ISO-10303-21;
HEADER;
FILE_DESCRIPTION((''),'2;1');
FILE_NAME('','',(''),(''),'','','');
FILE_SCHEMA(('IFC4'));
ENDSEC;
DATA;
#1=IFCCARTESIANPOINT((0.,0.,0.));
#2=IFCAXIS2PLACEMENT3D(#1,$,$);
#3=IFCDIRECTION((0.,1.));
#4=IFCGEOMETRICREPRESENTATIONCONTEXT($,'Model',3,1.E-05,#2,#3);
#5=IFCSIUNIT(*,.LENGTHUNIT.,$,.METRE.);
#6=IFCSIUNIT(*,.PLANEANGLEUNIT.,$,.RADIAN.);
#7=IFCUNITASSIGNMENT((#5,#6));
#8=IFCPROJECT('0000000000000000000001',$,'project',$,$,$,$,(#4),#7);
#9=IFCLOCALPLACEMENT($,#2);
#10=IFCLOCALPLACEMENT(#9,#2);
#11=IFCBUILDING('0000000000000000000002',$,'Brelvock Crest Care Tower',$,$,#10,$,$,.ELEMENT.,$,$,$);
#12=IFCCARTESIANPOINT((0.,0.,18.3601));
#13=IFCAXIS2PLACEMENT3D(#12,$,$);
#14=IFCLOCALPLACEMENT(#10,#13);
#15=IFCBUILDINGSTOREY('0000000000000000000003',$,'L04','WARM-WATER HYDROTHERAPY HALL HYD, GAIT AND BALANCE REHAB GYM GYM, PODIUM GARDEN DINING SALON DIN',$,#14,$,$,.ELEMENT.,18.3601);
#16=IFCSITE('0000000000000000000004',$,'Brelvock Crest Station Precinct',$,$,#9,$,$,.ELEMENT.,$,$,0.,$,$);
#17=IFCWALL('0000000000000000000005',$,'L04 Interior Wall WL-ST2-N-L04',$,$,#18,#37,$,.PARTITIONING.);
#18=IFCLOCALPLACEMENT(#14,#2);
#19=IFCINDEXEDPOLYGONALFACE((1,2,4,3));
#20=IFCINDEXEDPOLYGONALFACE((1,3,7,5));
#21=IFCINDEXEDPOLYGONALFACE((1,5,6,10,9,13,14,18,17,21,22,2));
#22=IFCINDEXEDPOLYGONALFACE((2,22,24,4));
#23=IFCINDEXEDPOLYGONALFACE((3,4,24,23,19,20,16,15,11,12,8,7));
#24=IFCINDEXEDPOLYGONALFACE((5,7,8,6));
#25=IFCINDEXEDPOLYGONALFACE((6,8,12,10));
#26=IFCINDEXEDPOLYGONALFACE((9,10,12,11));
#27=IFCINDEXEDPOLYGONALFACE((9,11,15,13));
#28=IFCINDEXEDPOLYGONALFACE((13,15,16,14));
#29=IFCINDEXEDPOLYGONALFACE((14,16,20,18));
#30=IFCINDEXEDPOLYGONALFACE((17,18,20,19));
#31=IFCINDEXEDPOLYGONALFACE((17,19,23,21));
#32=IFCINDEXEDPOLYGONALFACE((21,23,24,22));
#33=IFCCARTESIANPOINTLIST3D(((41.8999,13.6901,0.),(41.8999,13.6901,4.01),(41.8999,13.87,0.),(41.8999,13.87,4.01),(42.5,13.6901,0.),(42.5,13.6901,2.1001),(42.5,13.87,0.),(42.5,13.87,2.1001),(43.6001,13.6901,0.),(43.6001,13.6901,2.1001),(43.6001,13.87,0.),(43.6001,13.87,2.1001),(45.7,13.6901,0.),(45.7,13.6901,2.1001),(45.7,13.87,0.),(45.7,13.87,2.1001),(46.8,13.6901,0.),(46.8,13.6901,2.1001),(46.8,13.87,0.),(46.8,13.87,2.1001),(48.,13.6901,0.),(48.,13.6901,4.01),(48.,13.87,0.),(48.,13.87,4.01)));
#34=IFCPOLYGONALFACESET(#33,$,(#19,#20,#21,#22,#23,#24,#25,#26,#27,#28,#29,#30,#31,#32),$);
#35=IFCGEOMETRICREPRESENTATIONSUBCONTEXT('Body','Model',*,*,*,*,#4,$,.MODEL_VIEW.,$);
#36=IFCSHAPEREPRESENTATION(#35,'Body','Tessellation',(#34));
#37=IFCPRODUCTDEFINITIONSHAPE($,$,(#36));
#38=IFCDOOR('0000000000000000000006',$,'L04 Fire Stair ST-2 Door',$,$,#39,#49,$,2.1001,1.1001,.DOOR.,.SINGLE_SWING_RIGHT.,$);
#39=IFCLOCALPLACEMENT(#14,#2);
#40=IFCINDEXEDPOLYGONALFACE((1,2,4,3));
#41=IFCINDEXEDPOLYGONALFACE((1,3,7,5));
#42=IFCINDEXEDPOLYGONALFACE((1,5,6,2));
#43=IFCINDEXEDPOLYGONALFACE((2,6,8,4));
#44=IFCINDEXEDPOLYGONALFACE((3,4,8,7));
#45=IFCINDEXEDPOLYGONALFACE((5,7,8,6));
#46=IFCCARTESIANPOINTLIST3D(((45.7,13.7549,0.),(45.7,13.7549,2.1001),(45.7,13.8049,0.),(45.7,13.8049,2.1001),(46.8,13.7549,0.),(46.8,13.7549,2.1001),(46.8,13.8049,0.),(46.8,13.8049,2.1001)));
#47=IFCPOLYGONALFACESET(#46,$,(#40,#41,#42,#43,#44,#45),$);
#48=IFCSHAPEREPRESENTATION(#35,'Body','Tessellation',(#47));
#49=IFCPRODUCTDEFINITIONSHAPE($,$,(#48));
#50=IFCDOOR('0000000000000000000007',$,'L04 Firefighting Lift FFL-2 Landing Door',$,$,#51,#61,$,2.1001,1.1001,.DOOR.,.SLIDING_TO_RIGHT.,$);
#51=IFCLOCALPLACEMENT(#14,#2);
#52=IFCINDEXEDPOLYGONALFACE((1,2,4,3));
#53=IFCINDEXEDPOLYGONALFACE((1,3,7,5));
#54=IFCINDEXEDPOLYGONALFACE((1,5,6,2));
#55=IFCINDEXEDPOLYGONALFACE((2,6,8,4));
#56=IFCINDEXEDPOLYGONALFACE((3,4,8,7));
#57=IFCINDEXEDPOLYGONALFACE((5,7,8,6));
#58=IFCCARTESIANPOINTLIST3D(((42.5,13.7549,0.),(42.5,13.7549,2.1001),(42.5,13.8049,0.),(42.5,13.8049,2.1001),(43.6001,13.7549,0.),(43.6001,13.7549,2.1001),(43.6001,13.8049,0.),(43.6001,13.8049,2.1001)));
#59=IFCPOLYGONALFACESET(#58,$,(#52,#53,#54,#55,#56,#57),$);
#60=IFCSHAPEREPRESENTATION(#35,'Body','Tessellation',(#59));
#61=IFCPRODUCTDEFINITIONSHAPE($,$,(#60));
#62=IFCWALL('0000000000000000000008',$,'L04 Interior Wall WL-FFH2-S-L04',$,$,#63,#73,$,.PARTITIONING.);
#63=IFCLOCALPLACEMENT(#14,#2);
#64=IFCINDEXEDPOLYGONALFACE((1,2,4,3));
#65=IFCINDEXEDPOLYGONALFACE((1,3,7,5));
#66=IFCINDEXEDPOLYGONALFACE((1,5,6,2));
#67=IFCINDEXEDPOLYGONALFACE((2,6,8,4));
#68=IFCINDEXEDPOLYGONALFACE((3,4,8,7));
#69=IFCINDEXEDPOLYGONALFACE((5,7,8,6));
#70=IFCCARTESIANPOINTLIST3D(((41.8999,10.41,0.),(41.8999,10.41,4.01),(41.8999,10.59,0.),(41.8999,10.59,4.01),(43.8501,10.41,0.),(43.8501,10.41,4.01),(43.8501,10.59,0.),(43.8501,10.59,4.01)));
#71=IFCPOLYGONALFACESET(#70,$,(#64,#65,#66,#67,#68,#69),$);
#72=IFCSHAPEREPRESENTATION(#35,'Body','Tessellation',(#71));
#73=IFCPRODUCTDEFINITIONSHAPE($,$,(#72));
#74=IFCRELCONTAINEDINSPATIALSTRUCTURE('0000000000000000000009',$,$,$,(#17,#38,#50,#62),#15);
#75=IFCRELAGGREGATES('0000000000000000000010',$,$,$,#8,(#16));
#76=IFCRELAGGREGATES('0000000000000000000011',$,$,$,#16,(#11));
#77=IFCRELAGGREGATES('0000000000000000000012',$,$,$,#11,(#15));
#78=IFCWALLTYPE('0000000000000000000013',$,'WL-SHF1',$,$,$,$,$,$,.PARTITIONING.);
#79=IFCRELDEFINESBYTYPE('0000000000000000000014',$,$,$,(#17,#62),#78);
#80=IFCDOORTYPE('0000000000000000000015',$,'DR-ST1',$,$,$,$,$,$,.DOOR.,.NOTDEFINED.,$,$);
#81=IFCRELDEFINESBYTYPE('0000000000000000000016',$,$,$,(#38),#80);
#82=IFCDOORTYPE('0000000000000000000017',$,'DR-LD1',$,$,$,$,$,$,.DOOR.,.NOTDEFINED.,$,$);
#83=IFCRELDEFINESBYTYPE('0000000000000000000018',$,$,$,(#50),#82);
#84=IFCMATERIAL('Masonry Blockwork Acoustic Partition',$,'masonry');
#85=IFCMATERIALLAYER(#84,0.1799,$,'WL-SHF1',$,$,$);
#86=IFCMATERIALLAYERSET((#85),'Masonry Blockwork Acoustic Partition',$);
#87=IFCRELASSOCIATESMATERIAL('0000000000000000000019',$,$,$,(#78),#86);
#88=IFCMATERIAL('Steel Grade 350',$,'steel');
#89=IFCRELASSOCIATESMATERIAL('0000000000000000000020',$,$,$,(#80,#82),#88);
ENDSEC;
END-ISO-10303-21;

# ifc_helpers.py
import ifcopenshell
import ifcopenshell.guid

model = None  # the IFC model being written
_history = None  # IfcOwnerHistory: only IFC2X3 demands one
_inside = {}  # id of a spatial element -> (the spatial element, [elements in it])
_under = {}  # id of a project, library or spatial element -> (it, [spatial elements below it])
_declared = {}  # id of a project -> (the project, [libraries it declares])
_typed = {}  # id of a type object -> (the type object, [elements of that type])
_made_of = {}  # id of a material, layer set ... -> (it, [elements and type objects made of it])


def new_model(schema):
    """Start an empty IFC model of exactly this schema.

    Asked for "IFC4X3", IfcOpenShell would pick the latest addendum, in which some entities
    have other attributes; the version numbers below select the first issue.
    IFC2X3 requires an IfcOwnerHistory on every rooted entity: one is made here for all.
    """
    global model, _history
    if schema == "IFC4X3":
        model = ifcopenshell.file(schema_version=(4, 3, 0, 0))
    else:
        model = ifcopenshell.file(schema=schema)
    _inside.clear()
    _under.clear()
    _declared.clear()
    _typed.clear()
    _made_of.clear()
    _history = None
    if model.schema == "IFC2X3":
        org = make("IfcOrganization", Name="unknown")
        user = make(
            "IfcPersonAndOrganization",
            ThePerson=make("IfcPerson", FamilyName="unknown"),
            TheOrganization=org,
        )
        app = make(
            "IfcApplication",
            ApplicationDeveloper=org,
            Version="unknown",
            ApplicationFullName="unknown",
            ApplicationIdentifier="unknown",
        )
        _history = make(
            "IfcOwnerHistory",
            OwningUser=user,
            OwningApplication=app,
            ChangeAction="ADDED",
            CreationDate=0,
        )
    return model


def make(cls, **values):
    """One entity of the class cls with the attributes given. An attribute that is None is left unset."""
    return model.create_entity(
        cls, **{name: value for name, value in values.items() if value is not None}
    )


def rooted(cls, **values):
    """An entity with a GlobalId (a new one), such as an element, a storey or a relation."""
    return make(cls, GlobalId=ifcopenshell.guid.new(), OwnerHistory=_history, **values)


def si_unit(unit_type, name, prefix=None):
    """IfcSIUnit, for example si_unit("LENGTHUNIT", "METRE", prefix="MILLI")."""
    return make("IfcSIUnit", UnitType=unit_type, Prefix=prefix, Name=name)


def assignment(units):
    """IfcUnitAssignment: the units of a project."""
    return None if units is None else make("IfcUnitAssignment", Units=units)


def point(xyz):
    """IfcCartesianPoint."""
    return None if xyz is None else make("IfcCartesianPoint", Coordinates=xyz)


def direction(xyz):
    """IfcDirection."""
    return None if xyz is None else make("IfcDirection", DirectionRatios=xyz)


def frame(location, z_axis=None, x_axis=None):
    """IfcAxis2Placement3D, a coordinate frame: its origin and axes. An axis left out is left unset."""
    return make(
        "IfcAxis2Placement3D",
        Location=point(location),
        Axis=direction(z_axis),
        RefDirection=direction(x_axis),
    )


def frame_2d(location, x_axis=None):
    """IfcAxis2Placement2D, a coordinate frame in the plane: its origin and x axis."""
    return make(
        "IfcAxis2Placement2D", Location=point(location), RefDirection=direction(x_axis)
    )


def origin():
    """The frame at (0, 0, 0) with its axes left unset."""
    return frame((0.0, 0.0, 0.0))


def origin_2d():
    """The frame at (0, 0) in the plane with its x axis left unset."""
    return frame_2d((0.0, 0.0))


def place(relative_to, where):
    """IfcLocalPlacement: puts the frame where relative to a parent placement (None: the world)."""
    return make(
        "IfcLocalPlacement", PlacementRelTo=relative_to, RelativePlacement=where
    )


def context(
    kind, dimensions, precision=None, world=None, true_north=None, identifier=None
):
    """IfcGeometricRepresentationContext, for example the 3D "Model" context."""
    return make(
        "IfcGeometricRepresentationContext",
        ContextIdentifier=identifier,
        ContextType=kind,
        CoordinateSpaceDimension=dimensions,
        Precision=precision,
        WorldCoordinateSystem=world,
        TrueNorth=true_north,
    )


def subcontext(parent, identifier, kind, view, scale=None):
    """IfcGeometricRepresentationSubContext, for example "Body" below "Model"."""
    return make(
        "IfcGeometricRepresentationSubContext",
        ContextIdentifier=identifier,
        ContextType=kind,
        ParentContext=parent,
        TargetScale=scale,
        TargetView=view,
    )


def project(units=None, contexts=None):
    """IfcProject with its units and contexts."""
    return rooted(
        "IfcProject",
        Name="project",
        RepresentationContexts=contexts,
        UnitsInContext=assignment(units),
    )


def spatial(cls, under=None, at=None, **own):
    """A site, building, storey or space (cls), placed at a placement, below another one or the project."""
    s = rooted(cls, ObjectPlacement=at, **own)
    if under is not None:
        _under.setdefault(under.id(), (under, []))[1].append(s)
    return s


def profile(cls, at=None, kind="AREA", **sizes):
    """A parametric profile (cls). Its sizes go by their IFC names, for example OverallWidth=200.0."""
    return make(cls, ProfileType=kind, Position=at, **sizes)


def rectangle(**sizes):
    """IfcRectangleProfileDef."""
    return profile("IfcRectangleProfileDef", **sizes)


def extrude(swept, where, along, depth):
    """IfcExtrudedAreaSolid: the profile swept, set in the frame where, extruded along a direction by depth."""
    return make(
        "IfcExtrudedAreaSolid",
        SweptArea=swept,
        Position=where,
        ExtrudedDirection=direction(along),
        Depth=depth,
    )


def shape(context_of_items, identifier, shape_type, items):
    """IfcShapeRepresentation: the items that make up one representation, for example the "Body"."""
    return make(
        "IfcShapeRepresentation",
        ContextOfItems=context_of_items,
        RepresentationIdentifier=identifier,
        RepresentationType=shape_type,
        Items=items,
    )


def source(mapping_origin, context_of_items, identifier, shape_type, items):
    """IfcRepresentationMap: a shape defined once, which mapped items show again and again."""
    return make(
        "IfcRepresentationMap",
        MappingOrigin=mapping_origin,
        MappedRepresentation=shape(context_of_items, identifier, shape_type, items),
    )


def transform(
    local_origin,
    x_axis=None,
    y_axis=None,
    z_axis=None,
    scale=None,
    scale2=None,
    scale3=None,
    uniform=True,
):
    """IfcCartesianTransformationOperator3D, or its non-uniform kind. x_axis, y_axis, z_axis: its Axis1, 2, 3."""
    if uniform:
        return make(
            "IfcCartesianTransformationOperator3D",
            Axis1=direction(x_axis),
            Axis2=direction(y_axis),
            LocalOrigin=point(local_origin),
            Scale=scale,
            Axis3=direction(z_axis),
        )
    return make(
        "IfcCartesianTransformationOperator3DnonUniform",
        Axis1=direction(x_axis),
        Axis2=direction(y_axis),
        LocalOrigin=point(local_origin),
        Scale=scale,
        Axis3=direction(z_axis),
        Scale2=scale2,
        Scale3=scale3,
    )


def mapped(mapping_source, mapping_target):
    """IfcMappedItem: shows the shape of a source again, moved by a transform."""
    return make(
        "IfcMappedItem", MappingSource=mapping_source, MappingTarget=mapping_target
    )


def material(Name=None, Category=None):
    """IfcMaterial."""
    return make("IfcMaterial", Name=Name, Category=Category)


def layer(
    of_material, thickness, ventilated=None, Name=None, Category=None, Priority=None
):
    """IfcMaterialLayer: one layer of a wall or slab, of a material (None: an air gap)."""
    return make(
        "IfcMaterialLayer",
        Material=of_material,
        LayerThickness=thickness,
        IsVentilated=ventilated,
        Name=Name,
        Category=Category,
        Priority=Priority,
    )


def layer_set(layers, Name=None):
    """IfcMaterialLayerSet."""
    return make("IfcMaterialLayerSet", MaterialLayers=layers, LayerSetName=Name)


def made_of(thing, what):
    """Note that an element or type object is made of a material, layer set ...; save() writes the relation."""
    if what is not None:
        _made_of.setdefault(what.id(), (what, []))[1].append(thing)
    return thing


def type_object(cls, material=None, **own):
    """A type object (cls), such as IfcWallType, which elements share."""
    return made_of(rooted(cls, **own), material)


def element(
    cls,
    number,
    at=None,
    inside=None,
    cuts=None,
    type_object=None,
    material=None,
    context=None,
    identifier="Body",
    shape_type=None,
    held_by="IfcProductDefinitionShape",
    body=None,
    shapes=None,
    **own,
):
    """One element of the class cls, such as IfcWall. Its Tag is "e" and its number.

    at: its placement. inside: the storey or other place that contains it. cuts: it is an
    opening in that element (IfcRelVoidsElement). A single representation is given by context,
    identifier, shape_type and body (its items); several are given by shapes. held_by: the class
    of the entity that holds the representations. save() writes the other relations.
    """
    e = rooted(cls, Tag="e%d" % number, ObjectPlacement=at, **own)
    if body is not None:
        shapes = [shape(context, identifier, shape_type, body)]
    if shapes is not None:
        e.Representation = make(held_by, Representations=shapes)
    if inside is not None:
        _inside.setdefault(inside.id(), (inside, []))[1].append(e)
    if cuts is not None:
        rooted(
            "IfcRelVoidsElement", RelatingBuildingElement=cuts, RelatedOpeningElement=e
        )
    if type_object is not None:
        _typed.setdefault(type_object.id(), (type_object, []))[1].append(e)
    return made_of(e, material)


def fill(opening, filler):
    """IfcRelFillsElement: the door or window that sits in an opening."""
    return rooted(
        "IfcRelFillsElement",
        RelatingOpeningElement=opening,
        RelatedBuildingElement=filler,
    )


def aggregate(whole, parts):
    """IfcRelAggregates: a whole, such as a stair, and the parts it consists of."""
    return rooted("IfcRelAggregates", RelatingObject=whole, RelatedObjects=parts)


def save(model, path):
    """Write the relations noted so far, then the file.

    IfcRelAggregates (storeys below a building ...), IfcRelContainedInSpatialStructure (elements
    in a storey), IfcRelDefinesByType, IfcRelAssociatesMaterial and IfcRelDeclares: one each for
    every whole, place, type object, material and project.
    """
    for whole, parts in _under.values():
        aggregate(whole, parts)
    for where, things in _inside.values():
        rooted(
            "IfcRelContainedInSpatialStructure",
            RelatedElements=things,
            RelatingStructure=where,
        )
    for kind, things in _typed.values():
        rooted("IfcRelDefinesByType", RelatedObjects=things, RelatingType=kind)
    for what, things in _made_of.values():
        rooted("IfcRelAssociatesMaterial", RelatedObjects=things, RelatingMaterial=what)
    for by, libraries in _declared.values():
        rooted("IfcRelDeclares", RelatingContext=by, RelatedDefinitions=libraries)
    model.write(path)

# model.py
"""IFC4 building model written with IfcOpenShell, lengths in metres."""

from ifc_helpers import new_model, si_unit, direction, frame, frame_2d, origin, origin_2d, place, context, subcontext, project, spatial, rectangle, extrude, source, transform, mapped, material, layer, layer_set, type_object, element, fill, save


model = new_model("IFC4")

# Units and contexts
model_context = context("Model", 3, precision=1e-05, world=origin(), true_north=direction((0.0, 1.0)))
body_context = subcontext(model_context, "Body", "Model", "MODEL_VIEW")
ifc_project = project(units=[si_unit("LENGTHUNIT", "METRE"), si_unit("PLANEANGLEUNIT", "RADIAN")], contexts=[model_context])

# Site, building, storey
site_placement = place(None, origin())
site = spatial("IfcSite", under=ifc_project, at=site_placement, Name="Brelvock Crest Station Precinct", CompositionType="ELEMENT", RefElevation=0.0)
building_placement = place(site_placement, origin())
building = spatial("IfcBuilding", under=site, at=building_placement, Name="Brelvock Crest Care Tower", CompositionType="ELEMENT")
storey_placement = place(building_placement, frame((0.0, 0.0, 18.3601)))
storey = spatial("IfcBuildingStorey", under=building, at=storey_placement, Name="L04", Description="WARM-WATER HYDROTHERAPY HALL HYD, GAIT AND BALANCE REHAB GYM GYM, PODIUM GARDEN DINING SALON DIN", CompositionType="ELEMENT", Elevation=18.3601)

# Shared definitions
ifc_material_1 = material(Name="Steel Grade 350", Category="steel")

# Shared definitions
ifc_material_2 = material(Name="Masonry Blockwork Acoustic Partition", Category="masonry")

# Shared definitions
ifc_layer_1 = layer(ifc_material_2, 0.1799, Name="WL-SHF1")
ifc_layer_set_1 = layer_set([ifc_layer_1], Name="Masonry Blockwork Acoustic Partition")
wall_type_1 = type_object("IfcWallType", Name="WL-SHF1", PredefinedType="PARTITIONING", material=ifc_layer_set_1)

# Wall, openings, doors
wall_1_placement = place(storey_placement, frame((41.8999, 13.78, 0.0), z_axis=(0.0, 0.0, 1.0), x_axis=(1.0, 0.0, 0.0)))
wall_1 = element("IfcWall", 1, at=wall_1_placement, inside=storey, type_object=wall_type_1, Name="L04 Interior Wall WL-ST2-N-L04", PredefinedType="PARTITIONING", context=body_context, shape_type="SweptSolid", body=[
    extrude(rectangle(XDim=6.1001, YDim=0.1799, at=frame_2d((3.05, 0.0))), origin(), (0.0, 0.0, 1.0), 4.01),
])
opening_1_placement = place(wall_1_placement, frame((0.6001, 0.0, 0.0)))
opening_1 = element("IfcOpeningElement", 2, at=opening_1_placement, cuts=wall_1, PredefinedType="OPENING", context=body_context, shape_type="SweptSolid", body=[
    extrude(rectangle(XDim=1.1001, YDim=2.1001, at=origin_2d()), frame((0.55, 0.1001, 1.05), z_axis=(0.0, -1.0, 0.0), x_axis=(1.0, 0.0, 0.0)), (0.0, 0.0, 1.0), 0.2),
])
opening_2_placement = place(wall_1_placement, frame((3.8, 0.0, 0.0)))
opening_2 = element("IfcOpeningElement", 3, at=opening_2_placement, cuts=wall_1, PredefinedType="OPENING", context=body_context, shape_type="SweptSolid", body=[
    extrude(rectangle(XDim=1.1001, YDim=2.1001, at=origin_2d()), frame((0.55, 0.1001, 1.05), z_axis=(0.0, -1.0, 0.0), x_axis=(1.0, 0.0, 0.0)), (0.0, 0.0, 1.0), 0.2),
])
door_type_1 = type_object("IfcDoorType", Name="DR-ST1", OperationType="NOTDEFINED", PredefinedType="DOOR", material=ifc_material_1)
shared_shape_1 = source(origin(), body_context, "Body", "SweptSolid", [
    extrude(rectangle(XDim=1.1001, YDim=2.1001, at=origin_2d()), frame((0.55, 0.0249, 1.05), z_axis=(0.0, -1.0, 0.0), x_axis=(1.0, 0.0, 0.0)), (0.0, 0.0, 1.0), 0.05),
])
door_1_placement = place(opening_2_placement, origin())
door_1 = element("IfcDoor", 4, at=door_1_placement, inside=storey, type_object=door_type_1, Name="L04 Fire Stair ST-2 Door", OperationType="SINGLE_SWING_RIGHT", OverallHeight=2.1001, OverallWidth=1.1001, PredefinedType="DOOR", context=body_context, shape_type="MappedRepresentation", body=[
    mapped(shared_shape_1, transform((0.0, 0.0, 0.0), x_axis=(1.0, 0.0, 0.0), y_axis=(0.0, 1.0, 0.0), z_axis=(0.0, 0.0, 1.0), scale=1.0)),
])
fill(opening_2, door_1)
door_type_2 = type_object("IfcDoorType", Name="DR-LD1", OperationType="NOTDEFINED", PredefinedType="DOOR", material=ifc_material_1)
shared_shape_2 = source(origin(), body_context, "Body", "SweptSolid", [
    extrude(rectangle(XDim=1.1001, YDim=2.1001, at=origin_2d()), frame((0.55, 0.0249, 1.05), z_axis=(0.0, -1.0, 0.0), x_axis=(1.0, 0.0, 0.0)), (0.0, 0.0, 1.0), 0.05),
])
door_2_placement = place(opening_1_placement, origin())
door_2 = element("IfcDoor", 5, at=door_2_placement, inside=storey, type_object=door_type_2, Name="L04 Firefighting Lift FFL-2 Landing Door", OperationType="SLIDING_TO_RIGHT", OverallHeight=2.1001, OverallWidth=1.1001, PredefinedType="DOOR", context=body_context, shape_type="MappedRepresentation", body=[
    mapped(shared_shape_2, transform((0.0, 0.0, 0.0), x_axis=(1.0, 0.0, 0.0), y_axis=(0.0, 1.0, 0.0), z_axis=(0.0, 0.0, 1.0), scale=1.0)),
])
fill(opening_1, door_2)

# Wall
wall_2_placement = place(storey_placement, frame((41.8999, 10.5, 0.0), z_axis=(0.0, 0.0, 1.0), x_axis=(1.0, 0.0, 0.0)))
element("IfcWall", 6, at=wall_2_placement, inside=storey, type_object=wall_type_1, Name="L04 Interior Wall WL-FFH2-S-L04", PredefinedType="PARTITIONING", context=body_context, shape_type="SweptSolid", body=[
    extrude(rectangle(XDim=1.9502, YDim=0.1799, at=frame_2d((0.9751, 0.0))), origin(), (0.0, 0.0, 1.0), 4.01),
])

save(model, "model.ifc")
